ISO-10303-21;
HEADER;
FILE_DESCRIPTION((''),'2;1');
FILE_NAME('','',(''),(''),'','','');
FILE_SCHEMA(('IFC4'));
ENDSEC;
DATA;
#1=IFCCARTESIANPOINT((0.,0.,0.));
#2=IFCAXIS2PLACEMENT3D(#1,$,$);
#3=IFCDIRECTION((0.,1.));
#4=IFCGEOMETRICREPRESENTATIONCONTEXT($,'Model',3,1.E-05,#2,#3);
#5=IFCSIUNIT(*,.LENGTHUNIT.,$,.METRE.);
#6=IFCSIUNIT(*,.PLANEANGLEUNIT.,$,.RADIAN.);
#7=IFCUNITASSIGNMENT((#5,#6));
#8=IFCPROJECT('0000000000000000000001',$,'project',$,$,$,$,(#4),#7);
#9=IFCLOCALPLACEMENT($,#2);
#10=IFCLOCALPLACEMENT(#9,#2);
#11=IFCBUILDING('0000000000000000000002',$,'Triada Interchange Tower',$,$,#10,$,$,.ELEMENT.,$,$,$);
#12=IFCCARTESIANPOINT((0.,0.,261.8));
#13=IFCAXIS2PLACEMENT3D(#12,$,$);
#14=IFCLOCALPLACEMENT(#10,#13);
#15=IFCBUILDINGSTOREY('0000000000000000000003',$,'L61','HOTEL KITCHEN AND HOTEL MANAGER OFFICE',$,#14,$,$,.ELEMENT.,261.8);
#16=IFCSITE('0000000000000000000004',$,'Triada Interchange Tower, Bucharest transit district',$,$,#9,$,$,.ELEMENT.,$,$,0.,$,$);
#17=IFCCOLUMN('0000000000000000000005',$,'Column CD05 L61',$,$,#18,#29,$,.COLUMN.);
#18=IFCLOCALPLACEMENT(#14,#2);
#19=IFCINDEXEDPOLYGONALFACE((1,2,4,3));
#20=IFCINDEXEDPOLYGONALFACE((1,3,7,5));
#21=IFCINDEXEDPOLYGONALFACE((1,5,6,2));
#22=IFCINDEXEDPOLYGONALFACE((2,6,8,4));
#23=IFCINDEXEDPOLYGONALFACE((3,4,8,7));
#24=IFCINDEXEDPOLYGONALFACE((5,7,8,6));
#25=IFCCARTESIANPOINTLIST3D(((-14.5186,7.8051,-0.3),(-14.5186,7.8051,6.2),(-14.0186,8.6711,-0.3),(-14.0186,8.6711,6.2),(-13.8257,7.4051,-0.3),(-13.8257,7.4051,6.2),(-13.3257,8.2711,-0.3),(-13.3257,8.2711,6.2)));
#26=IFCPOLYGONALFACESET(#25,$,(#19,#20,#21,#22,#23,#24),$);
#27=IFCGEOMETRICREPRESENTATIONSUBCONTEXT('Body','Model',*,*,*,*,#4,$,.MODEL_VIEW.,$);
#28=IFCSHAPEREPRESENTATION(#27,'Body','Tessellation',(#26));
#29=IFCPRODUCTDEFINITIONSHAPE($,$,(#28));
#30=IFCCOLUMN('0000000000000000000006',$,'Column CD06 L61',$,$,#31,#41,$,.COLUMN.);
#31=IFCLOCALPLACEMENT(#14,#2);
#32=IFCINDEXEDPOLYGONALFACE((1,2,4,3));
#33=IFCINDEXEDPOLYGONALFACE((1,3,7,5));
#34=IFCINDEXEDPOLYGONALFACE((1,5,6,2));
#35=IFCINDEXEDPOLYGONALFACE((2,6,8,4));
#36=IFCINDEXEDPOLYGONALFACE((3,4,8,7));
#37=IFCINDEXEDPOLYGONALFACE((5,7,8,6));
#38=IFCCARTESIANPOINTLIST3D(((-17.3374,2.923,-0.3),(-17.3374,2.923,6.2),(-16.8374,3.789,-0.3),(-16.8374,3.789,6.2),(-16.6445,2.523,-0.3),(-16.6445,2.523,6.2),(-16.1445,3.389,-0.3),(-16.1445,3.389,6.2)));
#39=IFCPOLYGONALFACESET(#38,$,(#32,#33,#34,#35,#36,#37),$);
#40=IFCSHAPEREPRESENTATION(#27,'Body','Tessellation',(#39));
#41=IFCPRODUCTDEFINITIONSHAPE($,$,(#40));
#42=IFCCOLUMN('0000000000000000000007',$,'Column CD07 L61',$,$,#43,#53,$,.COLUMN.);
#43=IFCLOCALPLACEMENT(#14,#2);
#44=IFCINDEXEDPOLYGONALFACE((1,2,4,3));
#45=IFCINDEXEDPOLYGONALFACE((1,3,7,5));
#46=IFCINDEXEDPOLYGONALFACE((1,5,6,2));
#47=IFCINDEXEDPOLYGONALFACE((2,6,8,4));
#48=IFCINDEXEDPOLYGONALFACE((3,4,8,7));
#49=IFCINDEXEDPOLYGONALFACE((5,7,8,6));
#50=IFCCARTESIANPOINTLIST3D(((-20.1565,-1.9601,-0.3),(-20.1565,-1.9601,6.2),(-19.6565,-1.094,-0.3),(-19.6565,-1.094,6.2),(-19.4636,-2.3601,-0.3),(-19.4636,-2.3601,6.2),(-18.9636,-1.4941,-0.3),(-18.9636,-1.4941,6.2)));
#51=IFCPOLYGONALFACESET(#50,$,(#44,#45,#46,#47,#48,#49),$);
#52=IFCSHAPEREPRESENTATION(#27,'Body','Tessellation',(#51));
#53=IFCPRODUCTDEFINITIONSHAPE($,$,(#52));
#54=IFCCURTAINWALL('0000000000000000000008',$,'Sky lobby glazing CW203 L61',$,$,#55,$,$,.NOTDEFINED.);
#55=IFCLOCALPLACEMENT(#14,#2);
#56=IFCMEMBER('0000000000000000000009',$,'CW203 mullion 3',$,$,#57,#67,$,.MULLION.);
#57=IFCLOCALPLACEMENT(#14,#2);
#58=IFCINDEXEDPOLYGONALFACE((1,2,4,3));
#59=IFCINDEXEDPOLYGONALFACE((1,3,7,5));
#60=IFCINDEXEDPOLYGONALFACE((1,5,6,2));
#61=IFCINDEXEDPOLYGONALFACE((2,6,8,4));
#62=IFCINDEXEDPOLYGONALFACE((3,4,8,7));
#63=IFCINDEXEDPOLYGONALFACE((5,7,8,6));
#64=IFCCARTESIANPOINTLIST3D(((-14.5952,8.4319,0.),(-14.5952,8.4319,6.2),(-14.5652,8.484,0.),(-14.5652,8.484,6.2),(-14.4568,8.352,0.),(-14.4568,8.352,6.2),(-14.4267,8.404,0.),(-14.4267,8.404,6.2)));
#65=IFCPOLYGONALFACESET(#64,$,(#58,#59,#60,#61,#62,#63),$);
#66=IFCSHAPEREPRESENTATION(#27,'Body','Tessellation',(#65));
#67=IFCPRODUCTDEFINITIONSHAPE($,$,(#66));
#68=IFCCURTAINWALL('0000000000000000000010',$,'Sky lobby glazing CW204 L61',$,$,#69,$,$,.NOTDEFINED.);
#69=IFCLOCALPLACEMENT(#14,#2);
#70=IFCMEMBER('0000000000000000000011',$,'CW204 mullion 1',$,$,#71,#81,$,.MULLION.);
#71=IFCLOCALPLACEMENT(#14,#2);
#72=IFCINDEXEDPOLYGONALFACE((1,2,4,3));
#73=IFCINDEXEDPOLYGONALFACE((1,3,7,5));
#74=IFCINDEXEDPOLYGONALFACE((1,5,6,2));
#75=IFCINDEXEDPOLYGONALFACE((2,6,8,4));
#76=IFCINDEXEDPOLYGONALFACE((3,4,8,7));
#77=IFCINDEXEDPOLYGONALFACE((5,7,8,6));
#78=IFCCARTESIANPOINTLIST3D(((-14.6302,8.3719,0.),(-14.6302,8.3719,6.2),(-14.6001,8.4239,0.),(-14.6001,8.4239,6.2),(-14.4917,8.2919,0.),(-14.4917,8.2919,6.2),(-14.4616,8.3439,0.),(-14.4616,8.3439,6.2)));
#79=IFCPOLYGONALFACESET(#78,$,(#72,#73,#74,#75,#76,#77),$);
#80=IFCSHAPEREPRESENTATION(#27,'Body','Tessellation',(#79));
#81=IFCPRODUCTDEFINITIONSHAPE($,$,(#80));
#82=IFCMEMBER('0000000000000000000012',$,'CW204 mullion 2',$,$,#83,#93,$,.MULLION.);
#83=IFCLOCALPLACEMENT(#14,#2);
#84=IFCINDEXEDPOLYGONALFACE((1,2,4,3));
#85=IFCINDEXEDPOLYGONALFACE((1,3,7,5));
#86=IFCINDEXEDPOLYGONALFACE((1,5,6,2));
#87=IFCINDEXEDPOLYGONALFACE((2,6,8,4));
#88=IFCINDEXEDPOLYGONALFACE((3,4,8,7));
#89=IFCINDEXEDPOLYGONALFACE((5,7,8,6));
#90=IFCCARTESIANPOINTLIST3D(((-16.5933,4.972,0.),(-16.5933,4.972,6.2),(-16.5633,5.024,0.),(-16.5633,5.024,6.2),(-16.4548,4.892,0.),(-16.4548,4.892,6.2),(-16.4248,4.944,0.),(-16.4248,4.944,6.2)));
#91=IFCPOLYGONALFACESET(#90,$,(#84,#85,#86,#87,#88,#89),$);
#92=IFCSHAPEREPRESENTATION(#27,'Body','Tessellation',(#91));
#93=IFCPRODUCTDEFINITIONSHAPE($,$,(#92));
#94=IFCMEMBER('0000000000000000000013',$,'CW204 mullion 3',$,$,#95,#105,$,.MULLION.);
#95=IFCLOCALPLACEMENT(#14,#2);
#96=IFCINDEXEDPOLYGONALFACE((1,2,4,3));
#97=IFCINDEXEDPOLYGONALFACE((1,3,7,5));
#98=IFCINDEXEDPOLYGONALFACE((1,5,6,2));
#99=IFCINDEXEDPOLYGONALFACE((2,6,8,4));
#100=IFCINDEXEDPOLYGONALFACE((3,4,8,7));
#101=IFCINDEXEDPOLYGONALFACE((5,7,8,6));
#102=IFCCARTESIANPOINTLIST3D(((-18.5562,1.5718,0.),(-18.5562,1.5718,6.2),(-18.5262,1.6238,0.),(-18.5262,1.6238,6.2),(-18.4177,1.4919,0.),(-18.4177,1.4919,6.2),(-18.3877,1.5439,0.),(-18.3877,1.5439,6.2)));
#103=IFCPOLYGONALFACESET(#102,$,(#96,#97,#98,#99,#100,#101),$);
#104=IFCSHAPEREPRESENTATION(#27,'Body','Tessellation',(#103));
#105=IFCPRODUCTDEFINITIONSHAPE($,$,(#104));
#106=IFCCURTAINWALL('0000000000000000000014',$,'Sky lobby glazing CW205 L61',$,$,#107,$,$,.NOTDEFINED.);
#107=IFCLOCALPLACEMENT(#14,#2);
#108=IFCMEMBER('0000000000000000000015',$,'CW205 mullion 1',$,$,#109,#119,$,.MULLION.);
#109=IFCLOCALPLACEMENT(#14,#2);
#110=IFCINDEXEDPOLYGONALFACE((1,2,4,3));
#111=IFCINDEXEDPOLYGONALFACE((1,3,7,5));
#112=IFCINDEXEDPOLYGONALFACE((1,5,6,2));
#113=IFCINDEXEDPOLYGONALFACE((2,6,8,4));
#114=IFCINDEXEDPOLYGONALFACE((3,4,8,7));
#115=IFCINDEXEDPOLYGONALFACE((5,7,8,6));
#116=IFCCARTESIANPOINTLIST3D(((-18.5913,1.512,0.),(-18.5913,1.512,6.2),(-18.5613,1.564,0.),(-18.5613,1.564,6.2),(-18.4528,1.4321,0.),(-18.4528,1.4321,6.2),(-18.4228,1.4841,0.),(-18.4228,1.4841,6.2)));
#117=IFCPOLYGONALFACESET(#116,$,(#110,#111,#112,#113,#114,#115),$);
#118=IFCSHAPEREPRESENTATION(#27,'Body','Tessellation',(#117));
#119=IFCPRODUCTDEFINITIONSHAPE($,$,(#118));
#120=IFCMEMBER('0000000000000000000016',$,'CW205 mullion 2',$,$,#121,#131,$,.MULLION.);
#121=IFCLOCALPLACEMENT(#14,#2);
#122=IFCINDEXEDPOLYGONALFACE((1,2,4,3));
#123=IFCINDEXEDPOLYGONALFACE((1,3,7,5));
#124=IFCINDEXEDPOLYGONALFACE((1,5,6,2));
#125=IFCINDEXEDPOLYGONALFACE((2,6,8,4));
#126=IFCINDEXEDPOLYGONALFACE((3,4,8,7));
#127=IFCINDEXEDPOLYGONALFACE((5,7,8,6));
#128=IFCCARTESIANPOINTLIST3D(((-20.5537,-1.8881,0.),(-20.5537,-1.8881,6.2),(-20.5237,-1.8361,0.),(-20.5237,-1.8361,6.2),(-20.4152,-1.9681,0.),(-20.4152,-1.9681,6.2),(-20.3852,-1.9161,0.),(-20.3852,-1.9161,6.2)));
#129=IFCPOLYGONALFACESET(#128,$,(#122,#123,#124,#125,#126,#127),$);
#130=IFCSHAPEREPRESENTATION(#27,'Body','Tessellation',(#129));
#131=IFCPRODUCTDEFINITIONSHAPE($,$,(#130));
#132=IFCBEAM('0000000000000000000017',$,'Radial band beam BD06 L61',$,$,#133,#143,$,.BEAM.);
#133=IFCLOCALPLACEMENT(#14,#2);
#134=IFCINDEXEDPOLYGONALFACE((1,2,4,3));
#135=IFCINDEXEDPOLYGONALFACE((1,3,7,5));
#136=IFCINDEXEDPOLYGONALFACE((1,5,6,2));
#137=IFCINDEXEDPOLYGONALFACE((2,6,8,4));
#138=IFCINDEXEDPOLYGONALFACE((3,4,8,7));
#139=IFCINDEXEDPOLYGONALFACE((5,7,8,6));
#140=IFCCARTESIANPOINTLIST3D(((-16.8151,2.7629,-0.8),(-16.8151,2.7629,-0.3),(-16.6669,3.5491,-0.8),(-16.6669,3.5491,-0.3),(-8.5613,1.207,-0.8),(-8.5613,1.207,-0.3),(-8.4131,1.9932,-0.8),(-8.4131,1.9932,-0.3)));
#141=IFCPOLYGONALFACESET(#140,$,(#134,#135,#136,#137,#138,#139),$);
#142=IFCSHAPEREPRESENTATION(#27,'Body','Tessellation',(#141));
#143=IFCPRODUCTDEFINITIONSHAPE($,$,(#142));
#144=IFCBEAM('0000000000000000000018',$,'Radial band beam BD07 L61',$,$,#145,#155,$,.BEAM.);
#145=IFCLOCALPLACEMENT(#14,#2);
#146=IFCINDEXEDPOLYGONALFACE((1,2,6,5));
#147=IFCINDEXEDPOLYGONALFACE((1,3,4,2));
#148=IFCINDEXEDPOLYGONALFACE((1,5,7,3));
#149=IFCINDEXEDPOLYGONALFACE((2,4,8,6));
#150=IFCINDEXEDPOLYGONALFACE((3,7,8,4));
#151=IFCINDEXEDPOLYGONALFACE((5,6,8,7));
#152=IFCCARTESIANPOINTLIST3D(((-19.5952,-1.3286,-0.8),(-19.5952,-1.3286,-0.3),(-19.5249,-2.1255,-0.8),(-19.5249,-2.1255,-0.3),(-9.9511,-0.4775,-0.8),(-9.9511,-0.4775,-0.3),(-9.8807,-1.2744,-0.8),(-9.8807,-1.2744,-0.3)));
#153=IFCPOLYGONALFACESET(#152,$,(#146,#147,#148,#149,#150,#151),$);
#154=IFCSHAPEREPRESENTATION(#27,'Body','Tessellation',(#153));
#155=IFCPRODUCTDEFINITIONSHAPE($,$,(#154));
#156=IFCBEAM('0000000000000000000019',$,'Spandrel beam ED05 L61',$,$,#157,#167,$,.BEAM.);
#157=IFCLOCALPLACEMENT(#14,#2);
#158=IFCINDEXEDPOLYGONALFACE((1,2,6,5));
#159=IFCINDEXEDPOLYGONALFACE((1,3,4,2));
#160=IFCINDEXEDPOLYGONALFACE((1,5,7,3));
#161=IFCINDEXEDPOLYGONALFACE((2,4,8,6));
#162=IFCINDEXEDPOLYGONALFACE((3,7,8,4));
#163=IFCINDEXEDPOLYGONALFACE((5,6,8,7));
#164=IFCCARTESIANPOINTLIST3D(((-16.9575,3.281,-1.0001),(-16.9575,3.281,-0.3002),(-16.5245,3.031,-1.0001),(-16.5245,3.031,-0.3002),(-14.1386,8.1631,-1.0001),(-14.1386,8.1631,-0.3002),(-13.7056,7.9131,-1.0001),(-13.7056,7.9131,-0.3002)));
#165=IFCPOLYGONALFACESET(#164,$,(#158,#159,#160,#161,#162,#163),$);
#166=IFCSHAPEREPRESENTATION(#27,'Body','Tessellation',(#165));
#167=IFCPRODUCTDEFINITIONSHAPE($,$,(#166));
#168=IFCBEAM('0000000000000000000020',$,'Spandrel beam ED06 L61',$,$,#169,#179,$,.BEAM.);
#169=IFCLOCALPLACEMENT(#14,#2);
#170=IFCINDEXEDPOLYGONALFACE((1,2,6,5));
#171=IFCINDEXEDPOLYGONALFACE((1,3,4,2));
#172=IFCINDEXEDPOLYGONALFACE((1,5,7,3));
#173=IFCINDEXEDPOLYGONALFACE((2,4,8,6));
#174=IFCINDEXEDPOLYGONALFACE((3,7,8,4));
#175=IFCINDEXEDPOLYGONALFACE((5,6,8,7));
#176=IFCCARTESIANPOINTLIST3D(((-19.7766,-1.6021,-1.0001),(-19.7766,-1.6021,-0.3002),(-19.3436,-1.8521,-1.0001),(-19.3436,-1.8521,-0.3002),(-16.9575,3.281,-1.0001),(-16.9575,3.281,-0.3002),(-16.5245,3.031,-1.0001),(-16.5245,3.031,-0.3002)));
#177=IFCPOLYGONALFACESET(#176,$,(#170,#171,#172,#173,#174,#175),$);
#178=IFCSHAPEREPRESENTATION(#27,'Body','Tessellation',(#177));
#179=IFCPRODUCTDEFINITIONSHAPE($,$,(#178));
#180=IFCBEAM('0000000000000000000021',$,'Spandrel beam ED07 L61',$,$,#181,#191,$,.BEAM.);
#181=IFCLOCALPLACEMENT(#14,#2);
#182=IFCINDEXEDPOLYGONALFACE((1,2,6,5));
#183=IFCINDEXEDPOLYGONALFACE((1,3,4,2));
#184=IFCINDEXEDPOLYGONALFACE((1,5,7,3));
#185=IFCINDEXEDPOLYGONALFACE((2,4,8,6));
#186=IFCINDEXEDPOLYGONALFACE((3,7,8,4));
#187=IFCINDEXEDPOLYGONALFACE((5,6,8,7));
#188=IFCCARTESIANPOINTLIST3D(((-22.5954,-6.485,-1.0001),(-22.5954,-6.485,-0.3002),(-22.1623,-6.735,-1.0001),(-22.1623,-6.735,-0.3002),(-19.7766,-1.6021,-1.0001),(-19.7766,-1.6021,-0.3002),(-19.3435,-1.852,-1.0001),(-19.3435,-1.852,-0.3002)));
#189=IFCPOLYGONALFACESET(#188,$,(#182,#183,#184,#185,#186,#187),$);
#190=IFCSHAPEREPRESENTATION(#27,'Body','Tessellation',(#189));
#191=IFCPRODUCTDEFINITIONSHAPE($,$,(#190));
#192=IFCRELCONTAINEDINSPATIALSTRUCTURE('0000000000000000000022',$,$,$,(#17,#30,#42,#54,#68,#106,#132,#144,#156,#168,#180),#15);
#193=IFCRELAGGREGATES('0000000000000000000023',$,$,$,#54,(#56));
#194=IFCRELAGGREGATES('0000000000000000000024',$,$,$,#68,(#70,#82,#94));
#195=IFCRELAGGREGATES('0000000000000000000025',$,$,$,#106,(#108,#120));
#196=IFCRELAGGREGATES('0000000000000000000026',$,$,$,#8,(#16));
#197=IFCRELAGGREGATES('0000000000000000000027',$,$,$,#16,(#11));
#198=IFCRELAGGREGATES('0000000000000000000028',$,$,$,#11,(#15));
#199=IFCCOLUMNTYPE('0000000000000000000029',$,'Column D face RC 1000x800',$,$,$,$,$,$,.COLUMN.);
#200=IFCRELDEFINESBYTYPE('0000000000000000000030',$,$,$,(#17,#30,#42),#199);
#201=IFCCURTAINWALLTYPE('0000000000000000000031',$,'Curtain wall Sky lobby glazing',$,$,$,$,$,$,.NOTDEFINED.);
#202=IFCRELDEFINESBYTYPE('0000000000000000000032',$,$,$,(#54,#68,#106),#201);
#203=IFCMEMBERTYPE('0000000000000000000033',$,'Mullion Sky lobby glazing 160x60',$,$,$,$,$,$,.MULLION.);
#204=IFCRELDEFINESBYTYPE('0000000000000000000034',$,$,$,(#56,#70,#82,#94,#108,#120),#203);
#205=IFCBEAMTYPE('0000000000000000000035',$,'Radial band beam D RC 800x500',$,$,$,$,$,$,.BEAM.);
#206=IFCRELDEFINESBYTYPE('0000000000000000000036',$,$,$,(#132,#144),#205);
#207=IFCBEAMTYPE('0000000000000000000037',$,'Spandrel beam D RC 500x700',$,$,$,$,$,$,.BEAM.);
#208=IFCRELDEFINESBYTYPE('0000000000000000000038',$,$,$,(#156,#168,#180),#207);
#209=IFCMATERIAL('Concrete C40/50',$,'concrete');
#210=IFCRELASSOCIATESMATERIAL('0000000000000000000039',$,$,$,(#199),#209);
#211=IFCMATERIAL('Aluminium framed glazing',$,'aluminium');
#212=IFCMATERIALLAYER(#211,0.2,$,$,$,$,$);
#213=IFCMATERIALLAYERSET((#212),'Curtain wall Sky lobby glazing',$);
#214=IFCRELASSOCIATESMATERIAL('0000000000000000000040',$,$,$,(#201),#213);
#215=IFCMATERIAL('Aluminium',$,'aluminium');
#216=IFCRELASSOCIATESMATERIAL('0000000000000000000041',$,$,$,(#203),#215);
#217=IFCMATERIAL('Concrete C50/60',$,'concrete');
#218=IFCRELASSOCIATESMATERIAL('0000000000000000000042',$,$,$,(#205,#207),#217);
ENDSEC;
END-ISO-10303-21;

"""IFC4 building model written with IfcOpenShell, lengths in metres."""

from ifc_helpers import new_model, si_unit, direction, frame, origin, origin_2d, place, context, subcontext, project, spatial, rectangle, extrude, material, layer, layer_set, material_profile, profile_set, type_object, element, aggregate, save


model = new_model("IFC4")

# Units and contexts
model_context = context("Model", 3, precision=1e-05, world=origin(), true_north=direction((0.0, 1.0)))
body_context = subcontext(model_context, "Body", "Model", "MODEL_VIEW")
ifc_project = project(units=[si_unit("LENGTHUNIT", "METRE"), si_unit("PLANEANGLEUNIT", "RADIAN")], contexts=[model_context])

# Site, building, storey
site_placement = place(None, origin())
site = spatial("IfcSite", under=ifc_project, at=site_placement, Name="Triada Interchange Tower, Bucharest transit district", CompositionType="ELEMENT", RefElevation=0.0)
building_placement = place(site_placement, origin())
building = spatial("IfcBuilding", under=site, at=building_placement, Name="Triada Interchange Tower", CompositionType="ELEMENT")
storey_placement = place(building_placement, frame((0.0, 0.0, 261.8)))
storey = spatial("IfcBuildingStorey", under=building, at=storey_placement, Name="L61", Description="HOTEL KITCHEN AND HOTEL MANAGER OFFICE", CompositionType="ELEMENT", Elevation=261.8)

# Columns
ifc_material_1 = material(Name="Concrete C40/50", Category="concrete")
ifc_material_profile_1 = material_profile(ifc_material_1, rectangle(XDim=1.0, YDim=0.8, at=origin_2d()), Name="RC 1000x800")
ifc_profile_set_1 = profile_set([ifc_material_profile_1], Name="Concrete C40/50")
column_type = type_object("IfcColumnType", Name="Column D face RC 1000x800", PredefinedType="COLUMN", material=ifc_profile_set_1)
for number, where, z_axis, x_axis, name in (
    (1, (-13.9221, 8.0381, -0.3), (0.0, 0.0, 1.0), (0.5, 0.866025, 0.0), "Column CD05 L61"),
    (2, (-16.741, 3.156, -0.3), (0.0, 0.0, 1.0), (0.5, 0.866025, 0.0), "Column CD06 L61"),
    (3, (-19.5601, -1.7271, -0.3), (0.0, 0.0, 1.0), (0.5, 0.866025, 0.0), "Column CD07 L61"),
):
    element("IfcColumn", number, at=place(storey_placement, frame(where, z_axis=z_axis, x_axis=x_axis)), inside=storey, type_object=column_type, Name=name, PredefinedType="COLUMN", context=body_context, shape_type="SweptSolid", body=[
        extrude(rectangle(XDim=1.0, YDim=0.8, at=origin_2d()), origin(), (0.0, 0.0, 1.0), 6.5),
    ])

# Curtain wall, member
ifc_material_2 = material(Name="Aluminium framed glazing", Category="aluminium")
ifc_layer_1 = layer(ifc_material_2, 0.2)
ifc_layer_set_1 = layer_set([ifc_layer_1], Name="Curtain wall Sky lobby glazing")
curtain_wall_type = type_object("IfcCurtainWallType", Name="Curtain wall Sky lobby glazing", PredefinedType="NOTDEFINED", material=ifc_layer_set_1)
curtain_wall_1_placement = place(storey_placement, origin())
curtain_wall_1 = element("IfcCurtainWall", 4, at=curtain_wall_1_placement, inside=storey, type_object=curtain_wall_type, Name="Sky lobby glazing CW203 L61", PredefinedType="NOTDEFINED")
ifc_material_3 = material(Name="Aluminium", Category="aluminium")
ifc_material_profile_2 = material_profile(ifc_material_3, rectangle(XDim=0.1599, YDim=0.0601, at=origin_2d()), Name="Aluminium mullion")
ifc_profile_set_2 = profile_set([ifc_material_profile_2], Name="Aluminium")
member_type_1 = type_object("IfcMemberType", Name="Mullion Sky lobby glazing 160x60", PredefinedType="MULLION", material=ifc_profile_set_2)
member_1_placement = place(storey_placement, frame((-14.511, 8.418, 0.0), z_axis=(0.0, 0.0, 1.0), x_axis=(0.866026, -0.5, 0.0)))
member_1 = element("IfcMember", 5, at=member_1_placement, type_object=member_type_1, Name="CW203 mullion 3", PredefinedType="MULLION", context=body_context, shape_type="SweptSolid", body=[
    extrude(rectangle(XDim=0.1599, YDim=0.0601, at=origin_2d()), origin(), (0.0, 0.0, 1.0), 6.2),
])
aggregate(curtain_wall_1, [member_1])

# Curtain walls, members
curtain_wall_2_placement = place(storey_placement, origin())
curtain_wall_2 = element("IfcCurtainWall", 6, at=curtain_wall_2_placement, inside=storey, type_object=curtain_wall_type, Name="Sky lobby glazing CW204 L61", PredefinedType="NOTDEFINED")
member_2_placement = place(storey_placement, frame((-14.5459, 8.3579, 0.0), z_axis=(0.0, 0.0, 1.0), x_axis=(0.866026, -0.5, 0.0)))
member_2 = element("IfcMember", 7, at=member_2_placement, type_object=member_type_1, Name="CW204 mullion 1", PredefinedType="MULLION", context=body_context, shape_type="SweptSolid", body=[
    extrude(rectangle(XDim=0.1599, YDim=0.0601, at=origin_2d()), origin(), (0.0, 0.0, 1.0), 6.2),
])
member_3_placement = place(storey_placement, frame((-16.509, 4.958, 0.0), z_axis=(0.0, 0.0, 1.0), x_axis=(0.866026, -0.5, 0.0)))
member_3 = element("IfcMember", 8, at=member_3_placement, type_object=member_type_1, Name="CW204 mullion 2", PredefinedType="MULLION", context=body_context, shape_type="SweptSolid", body=[
    extrude(rectangle(XDim=0.1599, YDim=0.0601, at=origin_2d()), origin(), (0.0, 0.0, 1.0), 6.2),
])
member_4_placement = place(storey_placement, frame((-18.4719, 1.5579, 0.0), z_axis=(0.0, 0.0, 1.0), x_axis=(0.866026, -0.5, 0.0)))
member_4 = element("IfcMember", 9, at=member_4_placement, type_object=member_type_1, Name="CW204 mullion 3", PredefinedType="MULLION", context=body_context, shape_type="SweptSolid", body=[
    extrude(rectangle(XDim=0.1599, YDim=0.0601, at=origin_2d()), origin(), (0.0, 0.0, 1.0), 6.2),
])
curtain_wall_3_placement = place(storey_placement, origin())
curtain_wall_3 = element("IfcCurtainWall", 10, at=curtain_wall_3_placement, inside=storey, type_object=curtain_wall_type, Name="Sky lobby glazing CW205 L61", PredefinedType="NOTDEFINED")
member_5_placement = place(storey_placement, frame((-18.5071, 1.498, 0.0), z_axis=(0.0, 0.0, 1.0), x_axis=(0.86608, -0.499905, 0.0)))
member_5 = element("IfcMember", 11, at=member_5_placement, type_object=member_type_1, Name="CW205 mullion 1", PredefinedType="MULLION", context=body_context, shape_type="SweptSolid", body=[
    extrude(rectangle(XDim=0.1599, YDim=0.0601, at=origin_2d()), origin(), (0.0, 0.0, 1.0), 6.2),
])
member_6_placement = place(storey_placement, frame((-20.4695, -1.9021, 0.0), z_axis=(0.0, 0.0, 1.0), x_axis=(0.86608, -0.499905, 0.0)))
member_6 = element("IfcMember", 12, at=member_6_placement, type_object=member_type_1, Name="CW205 mullion 2", PredefinedType="MULLION", context=body_context, shape_type="SweptSolid", body=[
    extrude(rectangle(XDim=0.1599, YDim=0.0601, at=origin_2d()), origin(), (0.0, 0.0, 1.0), 6.2),
])

# Beams
ifc_material_4 = material(Name="Concrete C50/60", Category="concrete")
ifc_material_profile_3 = material_profile(ifc_material_4, rectangle(XDim=0.8, YDim=0.5, at=origin_2d()), Name="RC 800x500")
ifc_profile_set_3 = profile_set([ifc_material_profile_3], Name="Concrete C50/60")
beam_type_1 = type_object("IfcBeamType", Name="Radial band beam D RC 800x500", PredefinedType="BEAM", material=ifc_profile_set_3)
beam_1_placement = place(storey_placement, frame((-16.741, 3.156, -0.55), z_axis=(0.982693, -0.185243, 0.0), x_axis=(0.185243, 0.982693, 0.0)))
element("IfcBeam", 13, at=beam_1_placement, inside=storey, type_object=beam_type_1, Name="Radial band beam BD06 L61", PredefinedType="BEAM", context=body_context, shape_type="SweptSolid", body=[
    extrude(rectangle(XDim=0.8, YDim=0.5, at=origin_2d()), origin(), (0.0, 0.0, 1.0), 8.3992),
])
beam_2_placement = place(storey_placement, frame((-19.5601, -1.7271, -0.55), z_axis=(0.996129, 0.087907, 0.0), x_axis=(-0.087907, 0.996129, 0.0)))
element("IfcBeam", 14, at=beam_2_placement, inside=storey, type_object=beam_type_1, Name="Radial band beam BD07 L61", PredefinedType="BEAM", context=body_context, shape_type="SweptSolid", body=[
    extrude(rectangle(XDim=0.8, YDim=0.5, at=origin_2d()), origin(), (0.0, 0.0, 1.0), 9.6816),
])
ifc_material_profile_4 = material_profile(ifc_material_4, rectangle(XDim=0.5, YDim=0.7, at=origin_2d()), Name="RC 500x700")
ifc_profile_set_4 = profile_set([ifc_material_profile_4], Name="Concrete C50/60")
beam_type_2 = type_object("IfcBeamType", Name="Spandrel beam D RC 500x700", PredefinedType="BEAM", material=ifc_profile_set_4)
beam_3_placement = place(storey_placement, frame((-13.9221, 8.0381, -0.6501), z_axis=(-0.500024, -0.866012, 0.0), x_axis=(0.866012, -0.500024, 0.0)))
element("IfcBeam", 15, at=beam_3_placement, inside=storey, type_object=beam_type_2, Name="Spandrel beam ED05 L61", PredefinedType="BEAM", context=body_context, shape_type="SweptSolid", body=[
    extrude(rectangle(XDim=0.5, YDim=0.7, at=origin_2d()), origin(), (0.0, 0.0, 1.0), 5.6375),
])
beam_4_placement = place(storey_placement, frame((-16.741, 3.156, -0.6501), z_axis=(-0.499981, -0.866036, 0.0), x_axis=(0.866036, -0.499981, 0.0)))
element("IfcBeam", 16, at=beam_4_placement, inside=storey, type_object=beam_type_2, Name="Spandrel beam ED06 L61", PredefinedType="BEAM", context=body_context, shape_type="SweptSolid", body=[
    extrude(rectangle(XDim=0.5, YDim=0.7, at=origin_2d()), origin(), (0.0, 0.0, 1.0), 5.6384),
])
beam_5_placement = place(storey_placement, frame((-19.5601, -1.7271, -0.6501), z_axis=(-0.499949, -0.866055, 0.0), x_axis=(0.866055, -0.499949, 0.0)))
element("IfcBeam", 17, at=beam_5_placement, inside=storey, type_object=beam_type_2, Name="Spandrel beam ED07 L61", PredefinedType="BEAM", context=body_context, shape_type="SweptSolid", body=[
    extrude(rectangle(XDim=0.5, YDim=0.7, at=origin_2d()), origin(), (0.0, 0.0, 1.0), 5.6382),
])

aggregate(curtain_wall_2, [member_2, member_3, member_4])
aggregate(curtain_wall_3, [member_5, member_6])

save(model, "model.ifc")
